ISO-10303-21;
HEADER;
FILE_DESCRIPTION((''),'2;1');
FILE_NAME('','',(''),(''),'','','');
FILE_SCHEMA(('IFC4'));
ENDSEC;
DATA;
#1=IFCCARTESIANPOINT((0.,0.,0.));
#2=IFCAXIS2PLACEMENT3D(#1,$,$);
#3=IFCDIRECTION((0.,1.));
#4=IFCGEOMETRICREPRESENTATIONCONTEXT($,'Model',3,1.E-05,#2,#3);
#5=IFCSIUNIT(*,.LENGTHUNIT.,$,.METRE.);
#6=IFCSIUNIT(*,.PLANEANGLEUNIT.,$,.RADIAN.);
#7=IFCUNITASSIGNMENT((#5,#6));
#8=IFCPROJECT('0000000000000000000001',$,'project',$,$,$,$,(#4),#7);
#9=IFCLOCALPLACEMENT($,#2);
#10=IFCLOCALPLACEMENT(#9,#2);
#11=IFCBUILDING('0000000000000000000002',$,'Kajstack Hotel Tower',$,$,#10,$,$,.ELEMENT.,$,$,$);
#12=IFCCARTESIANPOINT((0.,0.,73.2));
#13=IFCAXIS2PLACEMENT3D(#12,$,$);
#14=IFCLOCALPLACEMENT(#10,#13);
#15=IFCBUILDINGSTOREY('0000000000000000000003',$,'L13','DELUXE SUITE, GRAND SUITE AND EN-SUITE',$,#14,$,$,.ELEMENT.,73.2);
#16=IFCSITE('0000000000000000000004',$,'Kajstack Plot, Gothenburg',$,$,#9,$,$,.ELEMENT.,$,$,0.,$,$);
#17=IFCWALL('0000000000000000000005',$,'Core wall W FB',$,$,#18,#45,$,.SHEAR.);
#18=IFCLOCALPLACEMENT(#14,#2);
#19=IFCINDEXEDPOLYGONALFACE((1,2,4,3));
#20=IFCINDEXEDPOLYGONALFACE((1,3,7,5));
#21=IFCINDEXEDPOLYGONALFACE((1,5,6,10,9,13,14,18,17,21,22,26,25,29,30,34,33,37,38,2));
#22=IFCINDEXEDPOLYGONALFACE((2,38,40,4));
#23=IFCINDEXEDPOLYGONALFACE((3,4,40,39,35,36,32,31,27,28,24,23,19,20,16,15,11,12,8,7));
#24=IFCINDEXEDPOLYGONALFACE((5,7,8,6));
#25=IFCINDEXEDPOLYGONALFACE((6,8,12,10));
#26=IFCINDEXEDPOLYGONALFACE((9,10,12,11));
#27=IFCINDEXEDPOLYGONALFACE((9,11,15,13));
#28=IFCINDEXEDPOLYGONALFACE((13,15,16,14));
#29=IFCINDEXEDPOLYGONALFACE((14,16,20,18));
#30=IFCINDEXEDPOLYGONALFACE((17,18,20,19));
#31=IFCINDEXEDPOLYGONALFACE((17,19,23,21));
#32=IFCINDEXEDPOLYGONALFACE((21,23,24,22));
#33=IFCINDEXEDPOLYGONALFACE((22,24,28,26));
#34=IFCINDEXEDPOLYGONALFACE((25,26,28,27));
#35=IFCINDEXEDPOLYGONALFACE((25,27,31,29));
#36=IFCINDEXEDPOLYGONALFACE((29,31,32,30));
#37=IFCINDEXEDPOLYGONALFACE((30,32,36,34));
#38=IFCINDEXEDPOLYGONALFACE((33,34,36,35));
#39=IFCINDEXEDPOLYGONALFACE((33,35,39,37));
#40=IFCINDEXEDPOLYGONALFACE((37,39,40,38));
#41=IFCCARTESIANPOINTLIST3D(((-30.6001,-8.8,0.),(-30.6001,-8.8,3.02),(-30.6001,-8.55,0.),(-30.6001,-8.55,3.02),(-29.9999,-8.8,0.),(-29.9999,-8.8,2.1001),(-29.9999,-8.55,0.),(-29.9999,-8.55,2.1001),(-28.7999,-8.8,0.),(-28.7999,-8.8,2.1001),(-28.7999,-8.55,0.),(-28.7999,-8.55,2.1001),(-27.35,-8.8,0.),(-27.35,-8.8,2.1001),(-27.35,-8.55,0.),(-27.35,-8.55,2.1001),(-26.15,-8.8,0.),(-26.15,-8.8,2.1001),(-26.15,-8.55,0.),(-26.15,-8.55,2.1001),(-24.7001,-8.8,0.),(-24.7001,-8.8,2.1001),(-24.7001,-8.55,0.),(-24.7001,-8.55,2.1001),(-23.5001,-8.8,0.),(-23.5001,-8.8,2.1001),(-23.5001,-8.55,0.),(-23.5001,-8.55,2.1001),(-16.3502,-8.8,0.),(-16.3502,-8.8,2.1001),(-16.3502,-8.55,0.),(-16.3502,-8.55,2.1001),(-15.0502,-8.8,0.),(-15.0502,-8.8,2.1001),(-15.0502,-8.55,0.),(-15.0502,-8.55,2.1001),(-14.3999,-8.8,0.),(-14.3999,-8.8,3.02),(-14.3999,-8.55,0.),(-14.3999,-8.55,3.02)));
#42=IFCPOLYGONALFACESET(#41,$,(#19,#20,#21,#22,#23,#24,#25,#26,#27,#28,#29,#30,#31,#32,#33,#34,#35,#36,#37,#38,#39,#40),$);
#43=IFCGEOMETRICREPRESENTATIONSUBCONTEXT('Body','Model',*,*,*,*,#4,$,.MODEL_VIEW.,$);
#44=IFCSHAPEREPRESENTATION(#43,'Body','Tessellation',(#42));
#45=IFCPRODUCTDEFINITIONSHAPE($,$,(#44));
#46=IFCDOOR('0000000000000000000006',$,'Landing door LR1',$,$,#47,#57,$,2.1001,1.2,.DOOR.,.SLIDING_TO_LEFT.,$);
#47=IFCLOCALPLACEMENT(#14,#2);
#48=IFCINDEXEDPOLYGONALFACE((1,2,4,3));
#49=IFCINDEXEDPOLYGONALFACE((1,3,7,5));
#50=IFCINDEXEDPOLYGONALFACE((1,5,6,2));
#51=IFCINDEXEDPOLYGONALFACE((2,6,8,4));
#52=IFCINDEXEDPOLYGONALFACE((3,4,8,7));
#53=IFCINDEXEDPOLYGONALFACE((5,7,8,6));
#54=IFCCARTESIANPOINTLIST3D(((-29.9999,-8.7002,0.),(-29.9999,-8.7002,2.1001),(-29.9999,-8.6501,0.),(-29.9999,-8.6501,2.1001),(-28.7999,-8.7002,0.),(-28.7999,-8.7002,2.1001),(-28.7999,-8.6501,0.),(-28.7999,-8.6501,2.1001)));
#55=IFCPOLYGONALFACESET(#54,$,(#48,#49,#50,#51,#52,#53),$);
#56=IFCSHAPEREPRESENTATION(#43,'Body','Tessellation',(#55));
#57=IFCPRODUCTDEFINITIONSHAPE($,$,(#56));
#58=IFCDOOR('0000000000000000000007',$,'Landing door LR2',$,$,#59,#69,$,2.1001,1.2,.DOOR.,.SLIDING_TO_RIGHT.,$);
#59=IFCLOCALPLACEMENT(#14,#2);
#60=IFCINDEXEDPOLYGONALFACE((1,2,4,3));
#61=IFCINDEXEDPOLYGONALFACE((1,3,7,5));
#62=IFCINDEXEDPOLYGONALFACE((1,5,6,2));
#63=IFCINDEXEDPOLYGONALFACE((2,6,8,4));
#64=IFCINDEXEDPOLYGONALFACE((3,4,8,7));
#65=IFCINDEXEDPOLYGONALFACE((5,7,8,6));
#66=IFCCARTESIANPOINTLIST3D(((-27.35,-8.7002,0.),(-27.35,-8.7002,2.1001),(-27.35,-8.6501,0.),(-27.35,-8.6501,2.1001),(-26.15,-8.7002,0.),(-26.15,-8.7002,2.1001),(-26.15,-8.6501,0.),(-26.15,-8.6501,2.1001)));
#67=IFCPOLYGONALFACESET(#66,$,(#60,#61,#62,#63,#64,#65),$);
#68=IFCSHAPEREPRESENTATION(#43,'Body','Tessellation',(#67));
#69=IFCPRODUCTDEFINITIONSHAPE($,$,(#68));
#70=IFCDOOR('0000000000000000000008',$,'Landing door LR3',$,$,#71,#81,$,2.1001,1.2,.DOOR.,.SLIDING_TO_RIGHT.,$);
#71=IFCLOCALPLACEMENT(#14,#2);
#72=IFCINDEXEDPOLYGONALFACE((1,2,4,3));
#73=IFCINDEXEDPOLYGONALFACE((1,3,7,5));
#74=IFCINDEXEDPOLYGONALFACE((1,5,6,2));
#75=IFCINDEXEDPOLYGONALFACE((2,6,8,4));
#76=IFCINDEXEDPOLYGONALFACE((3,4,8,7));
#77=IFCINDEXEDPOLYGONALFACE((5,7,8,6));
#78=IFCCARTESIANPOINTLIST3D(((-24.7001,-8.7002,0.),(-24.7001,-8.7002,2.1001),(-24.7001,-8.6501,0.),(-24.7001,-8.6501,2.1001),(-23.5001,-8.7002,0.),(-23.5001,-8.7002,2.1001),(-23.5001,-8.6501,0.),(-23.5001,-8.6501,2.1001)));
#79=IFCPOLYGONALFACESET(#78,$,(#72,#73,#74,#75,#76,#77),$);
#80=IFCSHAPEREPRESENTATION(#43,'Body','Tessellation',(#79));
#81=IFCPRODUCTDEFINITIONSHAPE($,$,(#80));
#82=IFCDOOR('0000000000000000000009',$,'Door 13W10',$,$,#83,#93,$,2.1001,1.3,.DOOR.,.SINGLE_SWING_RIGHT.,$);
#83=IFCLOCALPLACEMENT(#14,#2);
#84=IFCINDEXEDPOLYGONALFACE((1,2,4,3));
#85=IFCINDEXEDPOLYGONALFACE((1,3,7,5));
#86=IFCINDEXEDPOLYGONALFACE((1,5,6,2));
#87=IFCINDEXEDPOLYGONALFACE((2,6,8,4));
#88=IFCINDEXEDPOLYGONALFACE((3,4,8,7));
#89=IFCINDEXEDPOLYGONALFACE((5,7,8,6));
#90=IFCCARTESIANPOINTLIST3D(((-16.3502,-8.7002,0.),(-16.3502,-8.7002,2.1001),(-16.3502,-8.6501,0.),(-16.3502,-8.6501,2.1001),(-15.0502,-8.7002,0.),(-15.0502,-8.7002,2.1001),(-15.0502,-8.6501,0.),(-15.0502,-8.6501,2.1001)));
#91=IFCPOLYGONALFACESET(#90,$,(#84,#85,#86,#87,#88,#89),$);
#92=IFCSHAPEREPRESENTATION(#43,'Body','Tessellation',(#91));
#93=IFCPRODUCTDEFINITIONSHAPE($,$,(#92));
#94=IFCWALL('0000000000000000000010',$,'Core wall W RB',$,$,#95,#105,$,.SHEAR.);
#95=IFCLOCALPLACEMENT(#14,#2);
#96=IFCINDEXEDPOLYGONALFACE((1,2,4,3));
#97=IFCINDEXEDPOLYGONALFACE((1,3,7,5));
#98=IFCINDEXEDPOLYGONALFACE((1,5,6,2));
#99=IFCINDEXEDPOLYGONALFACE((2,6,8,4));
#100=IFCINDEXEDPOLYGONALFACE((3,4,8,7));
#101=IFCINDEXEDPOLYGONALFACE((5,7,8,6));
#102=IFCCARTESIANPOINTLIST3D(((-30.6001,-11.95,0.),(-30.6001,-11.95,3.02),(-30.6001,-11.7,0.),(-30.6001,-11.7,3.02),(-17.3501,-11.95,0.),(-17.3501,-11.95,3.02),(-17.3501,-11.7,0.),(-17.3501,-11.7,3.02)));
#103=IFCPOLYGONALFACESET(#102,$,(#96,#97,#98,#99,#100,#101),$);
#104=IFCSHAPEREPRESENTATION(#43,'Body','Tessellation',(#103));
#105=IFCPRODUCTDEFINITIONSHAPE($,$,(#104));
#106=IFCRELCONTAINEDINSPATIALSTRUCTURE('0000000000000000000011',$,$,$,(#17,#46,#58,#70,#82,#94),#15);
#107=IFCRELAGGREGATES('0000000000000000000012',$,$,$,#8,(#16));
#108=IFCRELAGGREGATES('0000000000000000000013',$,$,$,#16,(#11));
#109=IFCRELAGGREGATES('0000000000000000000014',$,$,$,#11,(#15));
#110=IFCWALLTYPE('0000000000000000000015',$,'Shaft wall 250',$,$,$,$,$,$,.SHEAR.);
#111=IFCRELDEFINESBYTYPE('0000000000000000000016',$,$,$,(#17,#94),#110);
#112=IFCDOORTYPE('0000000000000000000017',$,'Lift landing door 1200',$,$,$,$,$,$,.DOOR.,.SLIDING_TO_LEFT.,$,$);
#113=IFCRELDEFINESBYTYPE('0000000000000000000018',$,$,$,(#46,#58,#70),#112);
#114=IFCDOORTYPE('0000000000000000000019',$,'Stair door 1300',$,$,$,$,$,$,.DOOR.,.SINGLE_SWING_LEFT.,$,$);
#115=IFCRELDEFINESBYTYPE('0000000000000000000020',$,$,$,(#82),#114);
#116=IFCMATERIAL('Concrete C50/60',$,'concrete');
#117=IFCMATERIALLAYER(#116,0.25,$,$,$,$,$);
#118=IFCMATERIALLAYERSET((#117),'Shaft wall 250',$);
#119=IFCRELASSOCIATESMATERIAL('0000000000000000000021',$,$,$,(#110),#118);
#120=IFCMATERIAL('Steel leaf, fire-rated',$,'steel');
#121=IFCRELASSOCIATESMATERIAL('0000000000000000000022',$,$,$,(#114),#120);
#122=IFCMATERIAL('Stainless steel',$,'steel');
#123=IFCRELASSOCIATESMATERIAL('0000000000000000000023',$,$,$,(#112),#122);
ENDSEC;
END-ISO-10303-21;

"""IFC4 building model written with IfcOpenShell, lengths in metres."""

from ifc_helpers import new_model, si_unit, direction, frame, frame_2d, origin, place, context, subcontext, project, spatial, rectangle, extrude, material, layer, layer_set, type_object, element, fill, save


model = new_model("IFC4")

# Units and contexts
model_context = context("Model", 3, precision=1e-05, world=origin(), true_north=direction((0.0, 1.0)))
body_context = subcontext(model_context, "Body", "Model", "MODEL_VIEW")
ifc_project = project(units=[si_unit("LENGTHUNIT", "METRE"), si_unit("PLANEANGLEUNIT", "RADIAN")], contexts=[model_context])

# Site, building, storey
site_placement = place(None, origin())
site = spatial("IfcSite", under=ifc_project, at=site_placement, Name="Kajstack Plot, Gothenburg", CompositionType="ELEMENT", RefElevation=0.0)
building_placement = place(site_placement, origin())
building = spatial("IfcBuilding", under=site, at=building_placement, Name="Kajstack Hotel Tower", CompositionType="ELEMENT")
storey_placement = place(building_placement, frame((0.0, 0.0, 73.2)))
storey = spatial("IfcBuildingStorey", under=building, at=storey_placement, Name="L13", Description="DELUXE SUITE, GRAND SUITE AND EN-SUITE", CompositionType="ELEMENT", Elevation=73.2)

# Shared definitions
ifc_material_1 = material(Name="Stainless steel", Category="steel")

# Shared definitions
ifc_material_2 = material(Name="Concrete C50/60", Category="concrete")
ifc_layer_1 = layer(ifc_material_2, 0.25)
ifc_layer_set_1 = layer_set([ifc_layer_1], Name="Shaft wall 250")
wall_type_1 = type_object("IfcWallType", Name="Shaft wall 250", PredefinedType="SHEAR", material=ifc_layer_set_1)
ifc_material_3 = material(Name="Steel leaf, fire-rated", Category="steel")
door_type_1 = type_object("IfcDoorType", Name="Stair door 1300", OperationType="SINGLE_SWING_LEFT", PredefinedType="DOOR", material=ifc_material_3)

# Wall, openings, doors
wall_1_placement = place(storey_placement, frame((-30.6001, -8.675, 0.0), z_axis=(0.0, 0.0, 1.0), x_axis=(1.0, 0.0, 0.0)))
wall_1 = element("IfcWall", 1, at=wall_1_placement, inside=storey, type_object=wall_type_1, Name="Core wall W FB", PredefinedType="SHEAR", context=body_context, shape_type="SweptSolid", body=[
    extrude(rectangle(XDim=16.2002, YDim=0.25, at=frame_2d((8.1001, 0.0))), origin(), (0.0, 0.0, 1.0), 3.02),
])
opening_1_placement = place(wall_1_placement, frame((0.6001, 0.0, 0.0)))
opening_1 = element("IfcOpeningElement", 2, at=opening_1_placement, cuts=wall_1, PredefinedType="OPENING", context=body_context, shape_type="SweptSolid", body=[
    extrude(rectangle(XDim=1.2, YDim=2.1001, at=frame_2d((0.6001, 1.05))), frame((0.0, 0.135, 0.0), z_axis=(0.0, -1.0, 0.0), x_axis=(1.0, 0.0, 0.0)), (0.0, 0.0, 1.0), 0.27),
])
opening_2_placement = place(wall_1_placement, frame((3.25, 0.0, 0.0)))
opening_2 = element("IfcOpeningElement", 3, at=opening_2_placement, cuts=wall_1, PredefinedType="OPENING", context=body_context, shape_type="SweptSolid", body=[
    extrude(rectangle(XDim=1.2, YDim=2.1001, at=frame_2d((0.6001, 1.05))), frame((0.0, 0.135, 0.0), z_axis=(0.0, -1.0, 0.0), x_axis=(1.0, 0.0, 0.0)), (0.0, 0.0, 1.0), 0.27),
])
opening_3_placement = place(wall_1_placement, frame((5.8999, 0.0, 0.0)))
opening_3 = element("IfcOpeningElement", 4, at=opening_3_placement, cuts=wall_1, PredefinedType="OPENING", context=body_context, shape_type="SweptSolid", body=[
    extrude(rectangle(XDim=1.2, YDim=2.1001, at=frame_2d((0.6001, 1.05))), frame((0.0, 0.135, 0.0), z_axis=(0.0, -1.0, 0.0), x_axis=(1.0, 0.0, 0.0)), (0.0, 0.0, 1.0), 0.27),
])
opening_4_placement = place(wall_1_placement, frame((14.25, 0.0, 0.0)))
opening_4 = element("IfcOpeningElement", 5, at=opening_4_placement, cuts=wall_1, PredefinedType="OPENING", context=body_context, shape_type="SweptSolid", body=[
    extrude(rectangle(XDim=1.3, YDim=2.1001, at=frame_2d((0.6499, 1.05))), frame((0.0, 0.135, 0.0), z_axis=(0.0, -1.0, 0.0), x_axis=(1.0, 0.0, 0.0)), (0.0, 0.0, 1.0), 0.27),
])
door_type_2 = type_object("IfcDoorType", Name="Lift landing door 1200", OperationType="SLIDING_TO_LEFT", PredefinedType="DOOR", material=ifc_material_1)
door_1_placement = place(opening_1_placement, origin())
door_1 = element("IfcDoor", 6, at=door_1_placement, inside=storey, type_object=door_type_2, Name="Landing door LR1", OperationType="SLIDING_TO_LEFT", OverallHeight=2.1001, OverallWidth=1.2, PredefinedType="DOOR", context=body_context, shape_type="SweptSolid", body=[
    extrude(rectangle(XDim=1.2, YDim=2.1001, at=frame_2d((0.6001, 1.05))), frame((0.0, 0.0249, 0.0), z_axis=(0.0, -1.0, 0.0), x_axis=(1.0, 0.0, 0.0)), (0.0, 0.0, 1.0), 0.05),
])
fill(opening_1, door_1)
door_2_placement = place(opening_2_placement, origin())
door_2 = element("IfcDoor", 7, at=door_2_placement, inside=storey, type_object=door_type_2, Name="Landing door LR2", OperationType="SLIDING_TO_RIGHT", OverallHeight=2.1001, OverallWidth=1.2, PredefinedType="DOOR", context=body_context, shape_type="SweptSolid", body=[
    extrude(rectangle(XDim=1.2, YDim=2.1001, at=frame_2d((0.6001, 1.05))), frame((0.0, 0.0249, 0.0), z_axis=(0.0, -1.0, 0.0), x_axis=(1.0, 0.0, 0.0)), (0.0, 0.0, 1.0), 0.05),
])
fill(opening_2, door_2)
door_3_placement = place(opening_3_placement, origin())
door_3 = element("IfcDoor", 8, at=door_3_placement, inside=storey, type_object=door_type_2, Name="Landing door LR3", OperationType="SLIDING_TO_RIGHT", OverallHeight=2.1001, OverallWidth=1.2, PredefinedType="DOOR", context=body_context, shape_type="SweptSolid", body=[
    extrude(rectangle(XDim=1.2, YDim=2.1001, at=frame_2d((0.6001, 1.05))), frame((0.0, 0.0249, 0.0), z_axis=(0.0, -1.0, 0.0), x_axis=(1.0, 0.0, 0.0)), (0.0, 0.0, 1.0), 0.05),
])
fill(opening_3, door_3)
door_4_placement = place(opening_4_placement, origin())
door_4 = element("IfcDoor", 9, at=door_4_placement, inside=storey, type_object=door_type_1, Name="Door 13W10", OperationType="SINGLE_SWING_RIGHT", OverallHeight=2.1001, OverallWidth=1.3, PredefinedType="DOOR", context=body_context, shape_type="SweptSolid", body=[
    extrude(rectangle(XDim=1.3, YDim=2.1001, at=frame_2d((0.6499, 1.05))), frame((0.0, 0.0249, 0.0), z_axis=(0.0, -1.0, 0.0), x_axis=(1.0, 0.0, 0.0)), (0.0, 0.0, 1.0), 0.05),
])
fill(opening_4, door_4)

# Wall
wall_2_placement = place(storey_placement, frame((-30.6001, -11.825, 0.0), z_axis=(0.0, 0.0, 1.0), x_axis=(1.0, 0.0, 0.0)))
element("IfcWall", 10, at=wall_2_placement, inside=storey, type_object=wall_type_1, Name="Core wall W RB", PredefinedType="SHEAR", context=body_context, shape_type="SweptSolid", body=[
    extrude(rectangle(XDim=13.25, YDim=0.25, at=frame_2d((6.625, 0.0))), origin(), (0.0, 0.0, 1.0), 3.02),
])

save(model, "model.ifc")
